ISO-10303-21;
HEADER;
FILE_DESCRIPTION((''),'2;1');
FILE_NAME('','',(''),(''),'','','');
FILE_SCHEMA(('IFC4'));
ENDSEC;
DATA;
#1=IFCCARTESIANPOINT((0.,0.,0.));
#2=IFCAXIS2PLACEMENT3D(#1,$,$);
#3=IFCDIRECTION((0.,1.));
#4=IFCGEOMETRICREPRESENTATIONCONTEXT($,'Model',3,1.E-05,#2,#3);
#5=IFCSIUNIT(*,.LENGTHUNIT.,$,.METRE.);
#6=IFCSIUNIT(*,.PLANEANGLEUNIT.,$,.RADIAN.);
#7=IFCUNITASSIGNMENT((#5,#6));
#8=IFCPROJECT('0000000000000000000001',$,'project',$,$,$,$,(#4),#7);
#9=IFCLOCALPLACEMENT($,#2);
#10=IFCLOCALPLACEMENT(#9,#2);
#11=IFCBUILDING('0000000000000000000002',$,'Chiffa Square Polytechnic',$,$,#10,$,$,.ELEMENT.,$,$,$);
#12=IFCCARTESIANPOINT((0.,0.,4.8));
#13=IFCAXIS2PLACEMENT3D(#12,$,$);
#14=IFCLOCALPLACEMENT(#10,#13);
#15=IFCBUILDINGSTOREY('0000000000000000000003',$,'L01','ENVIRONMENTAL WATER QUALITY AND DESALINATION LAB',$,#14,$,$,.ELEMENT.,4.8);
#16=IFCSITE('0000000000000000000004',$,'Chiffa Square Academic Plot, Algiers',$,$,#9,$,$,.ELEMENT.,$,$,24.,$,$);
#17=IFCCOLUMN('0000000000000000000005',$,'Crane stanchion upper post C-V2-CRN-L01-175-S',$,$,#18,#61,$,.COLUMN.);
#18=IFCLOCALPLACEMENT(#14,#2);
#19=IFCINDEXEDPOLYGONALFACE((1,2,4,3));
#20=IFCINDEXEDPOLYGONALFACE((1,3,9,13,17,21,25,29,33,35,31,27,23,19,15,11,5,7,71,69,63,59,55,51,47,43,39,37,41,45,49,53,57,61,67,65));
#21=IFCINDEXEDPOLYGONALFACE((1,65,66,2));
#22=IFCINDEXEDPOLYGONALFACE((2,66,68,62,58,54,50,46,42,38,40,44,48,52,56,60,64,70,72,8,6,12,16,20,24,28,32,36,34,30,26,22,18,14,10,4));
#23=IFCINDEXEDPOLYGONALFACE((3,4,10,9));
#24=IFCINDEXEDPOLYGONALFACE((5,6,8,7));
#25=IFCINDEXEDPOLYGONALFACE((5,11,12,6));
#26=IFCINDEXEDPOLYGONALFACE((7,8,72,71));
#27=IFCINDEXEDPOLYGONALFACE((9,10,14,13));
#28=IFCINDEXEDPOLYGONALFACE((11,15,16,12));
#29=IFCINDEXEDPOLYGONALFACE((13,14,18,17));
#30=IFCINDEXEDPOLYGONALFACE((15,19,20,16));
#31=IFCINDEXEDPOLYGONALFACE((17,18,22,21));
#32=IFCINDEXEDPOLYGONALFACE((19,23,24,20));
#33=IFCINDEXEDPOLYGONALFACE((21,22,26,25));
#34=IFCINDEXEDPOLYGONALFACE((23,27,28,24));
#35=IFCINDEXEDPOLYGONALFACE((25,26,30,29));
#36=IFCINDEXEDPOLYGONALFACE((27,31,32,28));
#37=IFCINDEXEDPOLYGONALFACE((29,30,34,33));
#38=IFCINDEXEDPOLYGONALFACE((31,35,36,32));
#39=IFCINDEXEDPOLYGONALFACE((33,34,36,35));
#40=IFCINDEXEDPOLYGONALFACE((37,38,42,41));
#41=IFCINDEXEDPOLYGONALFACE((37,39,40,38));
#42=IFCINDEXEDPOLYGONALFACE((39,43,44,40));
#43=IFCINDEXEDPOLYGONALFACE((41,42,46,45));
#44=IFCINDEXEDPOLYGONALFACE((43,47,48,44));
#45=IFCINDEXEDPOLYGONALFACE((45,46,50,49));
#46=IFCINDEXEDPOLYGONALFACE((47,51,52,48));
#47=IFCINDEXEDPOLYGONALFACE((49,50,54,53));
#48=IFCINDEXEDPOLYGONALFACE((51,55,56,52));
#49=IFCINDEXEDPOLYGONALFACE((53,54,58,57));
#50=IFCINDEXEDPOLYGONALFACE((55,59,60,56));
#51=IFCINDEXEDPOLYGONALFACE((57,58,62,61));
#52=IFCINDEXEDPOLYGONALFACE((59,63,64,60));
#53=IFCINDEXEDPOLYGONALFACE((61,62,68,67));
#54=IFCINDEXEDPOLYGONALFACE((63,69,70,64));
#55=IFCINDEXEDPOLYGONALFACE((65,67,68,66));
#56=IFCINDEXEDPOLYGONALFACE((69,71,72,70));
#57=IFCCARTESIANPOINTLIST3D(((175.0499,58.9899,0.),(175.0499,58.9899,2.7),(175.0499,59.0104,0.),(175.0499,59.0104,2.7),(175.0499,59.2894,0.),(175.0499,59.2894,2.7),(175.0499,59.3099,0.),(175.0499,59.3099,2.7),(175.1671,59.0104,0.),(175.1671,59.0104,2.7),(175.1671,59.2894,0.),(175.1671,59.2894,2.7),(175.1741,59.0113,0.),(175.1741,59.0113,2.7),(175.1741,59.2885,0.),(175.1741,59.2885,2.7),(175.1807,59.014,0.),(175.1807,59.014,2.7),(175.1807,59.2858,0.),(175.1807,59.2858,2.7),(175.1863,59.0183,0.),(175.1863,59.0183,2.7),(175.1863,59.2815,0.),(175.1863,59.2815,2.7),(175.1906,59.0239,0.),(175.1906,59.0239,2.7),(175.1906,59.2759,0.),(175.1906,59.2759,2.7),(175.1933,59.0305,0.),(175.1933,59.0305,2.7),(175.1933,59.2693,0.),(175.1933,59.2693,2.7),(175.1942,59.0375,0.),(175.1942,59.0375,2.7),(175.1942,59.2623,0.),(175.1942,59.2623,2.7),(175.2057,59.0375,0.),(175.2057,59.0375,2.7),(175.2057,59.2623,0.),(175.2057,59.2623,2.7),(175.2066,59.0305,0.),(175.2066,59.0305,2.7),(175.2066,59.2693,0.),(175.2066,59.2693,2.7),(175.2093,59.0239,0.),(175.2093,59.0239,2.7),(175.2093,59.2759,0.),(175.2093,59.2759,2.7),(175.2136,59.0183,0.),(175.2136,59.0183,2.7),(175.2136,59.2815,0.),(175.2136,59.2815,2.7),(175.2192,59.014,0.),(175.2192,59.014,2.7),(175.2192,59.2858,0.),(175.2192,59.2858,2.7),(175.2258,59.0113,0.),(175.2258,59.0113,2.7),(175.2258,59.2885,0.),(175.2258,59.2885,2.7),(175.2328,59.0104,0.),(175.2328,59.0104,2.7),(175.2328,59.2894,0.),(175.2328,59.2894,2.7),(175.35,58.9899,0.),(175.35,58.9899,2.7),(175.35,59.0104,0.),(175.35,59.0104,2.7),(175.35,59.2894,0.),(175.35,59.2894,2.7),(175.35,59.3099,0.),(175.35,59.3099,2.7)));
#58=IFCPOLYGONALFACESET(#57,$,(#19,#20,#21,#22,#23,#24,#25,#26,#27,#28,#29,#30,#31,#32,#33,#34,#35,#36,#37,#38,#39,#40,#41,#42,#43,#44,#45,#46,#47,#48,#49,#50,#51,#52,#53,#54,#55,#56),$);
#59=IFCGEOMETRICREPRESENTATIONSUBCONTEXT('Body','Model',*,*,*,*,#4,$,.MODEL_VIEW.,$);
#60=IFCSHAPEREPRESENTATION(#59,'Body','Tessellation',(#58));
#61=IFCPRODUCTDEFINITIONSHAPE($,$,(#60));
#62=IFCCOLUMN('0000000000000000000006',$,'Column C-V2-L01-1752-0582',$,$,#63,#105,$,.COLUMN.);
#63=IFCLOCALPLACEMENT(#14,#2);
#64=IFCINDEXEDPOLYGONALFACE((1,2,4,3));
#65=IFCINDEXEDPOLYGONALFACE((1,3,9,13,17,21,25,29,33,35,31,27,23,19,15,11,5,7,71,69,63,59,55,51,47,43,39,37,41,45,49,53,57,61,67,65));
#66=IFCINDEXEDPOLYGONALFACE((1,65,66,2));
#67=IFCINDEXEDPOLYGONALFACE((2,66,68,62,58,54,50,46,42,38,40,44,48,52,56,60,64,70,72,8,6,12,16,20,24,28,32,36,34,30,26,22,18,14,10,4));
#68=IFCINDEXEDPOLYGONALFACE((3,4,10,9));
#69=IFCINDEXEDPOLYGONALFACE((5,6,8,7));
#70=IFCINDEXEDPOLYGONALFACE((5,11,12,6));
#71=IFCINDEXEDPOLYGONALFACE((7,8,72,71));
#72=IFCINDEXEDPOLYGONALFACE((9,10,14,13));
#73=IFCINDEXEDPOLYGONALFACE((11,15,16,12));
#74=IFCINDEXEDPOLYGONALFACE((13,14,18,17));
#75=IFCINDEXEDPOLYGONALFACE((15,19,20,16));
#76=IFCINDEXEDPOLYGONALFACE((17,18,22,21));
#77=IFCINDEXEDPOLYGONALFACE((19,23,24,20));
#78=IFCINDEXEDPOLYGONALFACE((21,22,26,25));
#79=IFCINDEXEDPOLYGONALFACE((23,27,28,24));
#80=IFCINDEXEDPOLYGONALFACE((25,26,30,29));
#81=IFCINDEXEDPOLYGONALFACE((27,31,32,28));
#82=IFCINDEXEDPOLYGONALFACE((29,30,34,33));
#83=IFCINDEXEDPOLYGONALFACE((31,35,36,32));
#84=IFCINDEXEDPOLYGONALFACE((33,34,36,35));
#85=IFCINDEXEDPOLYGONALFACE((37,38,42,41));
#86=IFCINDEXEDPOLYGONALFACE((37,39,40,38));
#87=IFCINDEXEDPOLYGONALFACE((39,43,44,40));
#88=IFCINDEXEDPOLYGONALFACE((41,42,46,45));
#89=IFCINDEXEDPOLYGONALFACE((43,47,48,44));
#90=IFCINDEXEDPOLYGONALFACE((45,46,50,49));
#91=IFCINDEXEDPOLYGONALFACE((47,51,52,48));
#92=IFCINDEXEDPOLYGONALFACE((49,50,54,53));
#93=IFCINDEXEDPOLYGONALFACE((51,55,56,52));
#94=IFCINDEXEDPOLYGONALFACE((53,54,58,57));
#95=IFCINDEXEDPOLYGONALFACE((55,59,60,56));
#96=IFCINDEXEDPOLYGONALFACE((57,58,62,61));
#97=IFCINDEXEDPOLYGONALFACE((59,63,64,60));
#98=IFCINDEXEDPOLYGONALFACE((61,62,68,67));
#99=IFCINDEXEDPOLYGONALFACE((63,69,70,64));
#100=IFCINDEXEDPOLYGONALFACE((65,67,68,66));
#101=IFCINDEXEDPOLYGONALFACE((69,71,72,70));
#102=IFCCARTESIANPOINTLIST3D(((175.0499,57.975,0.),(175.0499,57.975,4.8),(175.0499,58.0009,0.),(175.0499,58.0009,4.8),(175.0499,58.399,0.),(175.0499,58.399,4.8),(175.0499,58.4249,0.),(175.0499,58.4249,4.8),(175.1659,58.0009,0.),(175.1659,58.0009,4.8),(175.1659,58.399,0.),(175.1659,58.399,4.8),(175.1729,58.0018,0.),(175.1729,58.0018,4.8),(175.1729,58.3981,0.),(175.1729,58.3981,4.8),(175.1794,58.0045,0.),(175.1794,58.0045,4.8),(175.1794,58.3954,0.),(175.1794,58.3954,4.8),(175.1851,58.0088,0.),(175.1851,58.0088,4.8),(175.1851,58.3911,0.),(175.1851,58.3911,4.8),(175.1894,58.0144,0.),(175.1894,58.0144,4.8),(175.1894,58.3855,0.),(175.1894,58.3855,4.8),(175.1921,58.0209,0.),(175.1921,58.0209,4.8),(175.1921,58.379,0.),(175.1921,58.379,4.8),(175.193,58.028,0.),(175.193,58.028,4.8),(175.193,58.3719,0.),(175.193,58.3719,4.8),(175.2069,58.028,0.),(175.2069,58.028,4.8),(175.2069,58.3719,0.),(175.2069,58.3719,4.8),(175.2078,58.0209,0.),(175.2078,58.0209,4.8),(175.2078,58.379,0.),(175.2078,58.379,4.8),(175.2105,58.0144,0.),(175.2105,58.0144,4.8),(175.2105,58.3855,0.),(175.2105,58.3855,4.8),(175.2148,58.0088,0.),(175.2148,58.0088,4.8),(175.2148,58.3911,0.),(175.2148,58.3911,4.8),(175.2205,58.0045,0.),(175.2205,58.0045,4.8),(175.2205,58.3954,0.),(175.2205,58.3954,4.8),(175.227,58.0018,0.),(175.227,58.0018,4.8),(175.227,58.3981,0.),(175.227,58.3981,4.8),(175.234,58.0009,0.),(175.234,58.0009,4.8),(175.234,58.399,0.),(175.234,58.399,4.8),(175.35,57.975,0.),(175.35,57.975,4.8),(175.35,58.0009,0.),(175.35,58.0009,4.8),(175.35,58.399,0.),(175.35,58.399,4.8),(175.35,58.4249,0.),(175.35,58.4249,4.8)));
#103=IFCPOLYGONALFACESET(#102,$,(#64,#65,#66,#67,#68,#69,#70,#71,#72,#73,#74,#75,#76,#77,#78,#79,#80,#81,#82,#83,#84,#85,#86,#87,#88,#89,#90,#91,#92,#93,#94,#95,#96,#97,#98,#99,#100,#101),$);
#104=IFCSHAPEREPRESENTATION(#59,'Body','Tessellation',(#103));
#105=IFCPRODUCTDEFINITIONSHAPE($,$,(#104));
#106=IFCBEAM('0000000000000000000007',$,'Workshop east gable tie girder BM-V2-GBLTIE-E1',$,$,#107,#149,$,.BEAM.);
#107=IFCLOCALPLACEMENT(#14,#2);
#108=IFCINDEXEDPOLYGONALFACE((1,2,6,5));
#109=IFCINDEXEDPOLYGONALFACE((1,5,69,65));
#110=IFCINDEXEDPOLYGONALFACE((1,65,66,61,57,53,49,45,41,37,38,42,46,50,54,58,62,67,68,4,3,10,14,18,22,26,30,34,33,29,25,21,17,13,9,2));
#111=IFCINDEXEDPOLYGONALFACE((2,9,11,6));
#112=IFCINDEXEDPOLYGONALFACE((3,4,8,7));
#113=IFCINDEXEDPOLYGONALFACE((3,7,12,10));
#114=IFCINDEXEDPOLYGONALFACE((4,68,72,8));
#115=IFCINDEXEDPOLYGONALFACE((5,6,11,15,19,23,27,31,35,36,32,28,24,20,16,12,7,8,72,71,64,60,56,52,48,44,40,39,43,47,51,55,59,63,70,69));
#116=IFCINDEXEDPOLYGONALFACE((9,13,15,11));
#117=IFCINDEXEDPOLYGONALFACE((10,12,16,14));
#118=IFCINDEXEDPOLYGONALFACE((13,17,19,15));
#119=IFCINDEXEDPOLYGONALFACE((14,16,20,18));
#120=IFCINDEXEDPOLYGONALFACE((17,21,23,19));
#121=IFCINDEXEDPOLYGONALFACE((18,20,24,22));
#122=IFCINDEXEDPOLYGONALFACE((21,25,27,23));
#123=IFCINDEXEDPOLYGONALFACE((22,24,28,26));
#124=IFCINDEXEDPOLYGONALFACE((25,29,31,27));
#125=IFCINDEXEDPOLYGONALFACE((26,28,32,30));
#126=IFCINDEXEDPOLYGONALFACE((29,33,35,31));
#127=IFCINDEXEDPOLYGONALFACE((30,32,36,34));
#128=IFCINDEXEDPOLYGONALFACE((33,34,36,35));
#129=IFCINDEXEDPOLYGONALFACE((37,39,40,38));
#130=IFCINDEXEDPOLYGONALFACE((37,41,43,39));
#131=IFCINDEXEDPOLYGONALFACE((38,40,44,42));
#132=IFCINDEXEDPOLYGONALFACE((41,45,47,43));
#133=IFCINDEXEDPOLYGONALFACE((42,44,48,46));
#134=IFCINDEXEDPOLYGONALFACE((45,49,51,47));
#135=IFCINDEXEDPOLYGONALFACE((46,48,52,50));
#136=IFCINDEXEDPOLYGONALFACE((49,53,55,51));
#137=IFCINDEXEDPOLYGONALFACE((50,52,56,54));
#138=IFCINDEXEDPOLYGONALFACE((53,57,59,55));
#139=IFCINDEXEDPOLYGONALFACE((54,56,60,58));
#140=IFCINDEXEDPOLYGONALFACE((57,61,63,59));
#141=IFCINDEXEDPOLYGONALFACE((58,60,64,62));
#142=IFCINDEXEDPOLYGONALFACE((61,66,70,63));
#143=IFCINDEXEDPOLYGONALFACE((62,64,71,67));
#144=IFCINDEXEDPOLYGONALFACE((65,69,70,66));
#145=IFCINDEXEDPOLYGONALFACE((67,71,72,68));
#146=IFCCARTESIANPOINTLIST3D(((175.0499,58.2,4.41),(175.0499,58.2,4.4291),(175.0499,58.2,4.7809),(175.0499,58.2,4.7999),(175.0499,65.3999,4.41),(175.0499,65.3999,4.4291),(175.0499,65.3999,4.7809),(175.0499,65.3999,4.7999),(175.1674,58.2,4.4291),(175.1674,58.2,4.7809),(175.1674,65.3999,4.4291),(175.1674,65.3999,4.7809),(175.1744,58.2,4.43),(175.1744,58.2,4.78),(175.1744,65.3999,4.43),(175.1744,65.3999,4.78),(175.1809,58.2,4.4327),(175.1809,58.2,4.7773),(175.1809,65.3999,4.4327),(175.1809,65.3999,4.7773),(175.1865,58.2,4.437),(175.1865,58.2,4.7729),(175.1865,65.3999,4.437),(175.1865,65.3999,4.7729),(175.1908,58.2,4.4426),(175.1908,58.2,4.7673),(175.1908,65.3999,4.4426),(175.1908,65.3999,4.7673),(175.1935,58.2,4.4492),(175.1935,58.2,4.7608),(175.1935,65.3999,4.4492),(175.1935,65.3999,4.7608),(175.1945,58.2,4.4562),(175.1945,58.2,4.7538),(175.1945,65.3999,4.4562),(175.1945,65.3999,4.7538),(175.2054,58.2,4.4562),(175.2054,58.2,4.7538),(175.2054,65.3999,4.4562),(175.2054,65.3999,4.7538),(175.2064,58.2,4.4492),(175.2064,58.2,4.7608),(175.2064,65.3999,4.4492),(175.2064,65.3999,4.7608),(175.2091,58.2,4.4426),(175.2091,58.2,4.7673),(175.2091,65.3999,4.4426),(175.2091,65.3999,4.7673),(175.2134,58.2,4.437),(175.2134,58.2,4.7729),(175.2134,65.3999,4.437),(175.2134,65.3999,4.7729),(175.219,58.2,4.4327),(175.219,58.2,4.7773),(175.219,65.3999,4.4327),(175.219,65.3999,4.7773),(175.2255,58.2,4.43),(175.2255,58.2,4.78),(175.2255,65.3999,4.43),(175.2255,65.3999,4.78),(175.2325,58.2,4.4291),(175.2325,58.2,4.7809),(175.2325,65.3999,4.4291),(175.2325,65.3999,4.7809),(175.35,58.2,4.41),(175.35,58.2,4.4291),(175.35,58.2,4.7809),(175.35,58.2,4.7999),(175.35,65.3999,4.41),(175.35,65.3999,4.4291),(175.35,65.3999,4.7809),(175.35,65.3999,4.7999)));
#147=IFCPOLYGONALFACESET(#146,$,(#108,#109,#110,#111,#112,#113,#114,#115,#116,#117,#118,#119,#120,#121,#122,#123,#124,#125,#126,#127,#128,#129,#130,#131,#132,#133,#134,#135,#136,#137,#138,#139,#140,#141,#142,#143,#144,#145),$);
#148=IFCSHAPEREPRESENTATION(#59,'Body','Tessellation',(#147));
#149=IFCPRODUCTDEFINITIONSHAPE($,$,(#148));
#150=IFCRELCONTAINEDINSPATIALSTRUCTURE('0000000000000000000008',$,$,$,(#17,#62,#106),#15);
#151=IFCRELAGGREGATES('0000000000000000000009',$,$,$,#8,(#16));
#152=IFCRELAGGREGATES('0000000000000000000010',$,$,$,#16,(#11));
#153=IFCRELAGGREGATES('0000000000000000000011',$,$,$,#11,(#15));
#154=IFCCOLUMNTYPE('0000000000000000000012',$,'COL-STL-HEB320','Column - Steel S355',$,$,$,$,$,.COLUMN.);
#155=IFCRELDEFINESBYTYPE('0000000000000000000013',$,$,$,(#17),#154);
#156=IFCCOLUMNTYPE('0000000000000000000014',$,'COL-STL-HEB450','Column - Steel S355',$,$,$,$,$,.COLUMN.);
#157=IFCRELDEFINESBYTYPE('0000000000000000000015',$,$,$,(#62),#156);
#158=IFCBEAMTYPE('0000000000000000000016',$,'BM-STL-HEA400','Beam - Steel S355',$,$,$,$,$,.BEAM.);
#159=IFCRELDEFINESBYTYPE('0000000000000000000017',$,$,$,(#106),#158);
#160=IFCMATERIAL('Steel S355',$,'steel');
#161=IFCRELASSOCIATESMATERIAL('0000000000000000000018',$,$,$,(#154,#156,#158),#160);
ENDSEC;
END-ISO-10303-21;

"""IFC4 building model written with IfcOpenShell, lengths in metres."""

from ifc_helpers import new_model, si_unit, direction, frame, origin, origin_2d, place, context, subcontext, project, spatial, i_section, extrude, material, material_profile, profile_set, type_object, element, save


model = new_model("IFC4")

# Units and contexts
model_context = context("Model", 3, precision=1e-05, world=origin(), true_north=direction((0.0, 1.0)))
body_context = subcontext(model_context, "Body", "Model", "MODEL_VIEW")
ifc_project = project(units=[si_unit("LENGTHUNIT", "METRE"), si_unit("PLANEANGLEUNIT", "RADIAN")], contexts=[model_context])

# Site, building, storey
site_placement = place(None, origin())
site = spatial("IfcSite", under=ifc_project, at=site_placement, Name="Chiffa Square Academic Plot, Algiers", CompositionType="ELEMENT", RefElevation=24.0)
building_placement = place(site_placement, origin())
building = spatial("IfcBuilding", under=site, at=building_placement, Name="Chiffa Square Polytechnic", CompositionType="ELEMENT")
storey_placement = place(building_placement, frame((0.0, 0.0, 4.8)))
storey = spatial("IfcBuildingStorey", under=building, at=storey_placement, Name="L01", Description="ENVIRONMENTAL WATER QUALITY AND DESALINATION LAB", CompositionType="ELEMENT", Elevation=4.8)

# Columns
ifc_material_1 = material(Name="Steel S355", Category="steel")
ifc_material_profile_1 = material_profile(ifc_material_1, i_section(OverallWidth=0.3, OverallDepth=0.3201, WebThickness=0.0115, FlangeThickness=0.0205, FilletRadius=0.0271, at=origin_2d()), Name="HEB 320")
ifc_profile_set_1 = profile_set([ifc_material_profile_1], Name="Steel S355")
column_type_1 = type_object("IfcColumnType", Name="COL-STL-HEB320", Description="Column - Steel S355", PredefinedType="COLUMN", material=ifc_profile_set_1)
column_1_placement = place(storey_placement, frame((175.2, 59.1499, 0.0), z_axis=(0.0, 0.0, 1.0), x_axis=(1.0, 0.0, 0.0)))
element("IfcColumn", 1, at=column_1_placement, inside=storey, type_object=column_type_1, Name="Crane stanchion upper post C-V2-CRN-L01-175-S", PredefinedType="COLUMN", context=body_context, shape_type="SweptSolid", body=[
    extrude(i_section(OverallWidth=0.3, OverallDepth=0.3201, WebThickness=0.0115, FlangeThickness=0.0205, FilletRadius=0.0271, at=origin_2d()), origin(), (0.0, 0.0, 1.0), 2.7),
])
ifc_material_profile_2 = material_profile(ifc_material_1, i_section(OverallWidth=0.3, OverallDepth=0.45, WebThickness=0.0139, FlangeThickness=0.0259, FilletRadius=0.0271, at=origin_2d()), Name="HEB 450")
ifc_profile_set_2 = profile_set([ifc_material_profile_2], Name="Steel S355")
column_type_2 = type_object("IfcColumnType", Name="COL-STL-HEB450", Description="Column - Steel S355", PredefinedType="COLUMN", material=ifc_profile_set_2)
column_2_placement = place(storey_placement, frame((175.2, 58.2, 0.0), z_axis=(0.0, 0.0, 1.0), x_axis=(1.0, 0.0, 0.0)))
element("IfcColumn", 2, at=column_2_placement, inside=storey, type_object=column_type_2, Name="Column C-V2-L01-1752-0582", PredefinedType="COLUMN", context=body_context, shape_type="SweptSolid", body=[
    extrude(i_section(OverallWidth=0.3, OverallDepth=0.45, WebThickness=0.0139, FlangeThickness=0.0259, FilletRadius=0.0271, at=origin_2d()), origin(), (0.0, 0.0, 1.0), 4.8),
])

# Beam
ifc_material_profile_3 = material_profile(ifc_material_1, i_section(OverallWidth=0.3, OverallDepth=0.3899, WebThickness=0.011, FlangeThickness=0.019, FilletRadius=0.0271, at=origin_2d()), Name="HEA 400")
ifc_profile_set_3 = profile_set([ifc_material_profile_3], Name="Steel S355")
beam_type = type_object("IfcBeamType", Name="BM-STL-HEA400", Description="Beam - Steel S355", PredefinedType="BEAM", material=ifc_profile_set_3)
beam_placement = place(storey_placement, frame((175.2, 58.2, 4.605), z_axis=(0.0, 1.0, 0.0), x_axis=(-1.0, 0.0, 0.0)))
element("IfcBeam", 3, at=beam_placement, inside=storey, type_object=beam_type, Name="Workshop east gable tie girder BM-V2-GBLTIE-E1", PredefinedType="BEAM", context=body_context, shape_type="SweptSolid", body=[
    extrude(i_section(OverallWidth=0.3, OverallDepth=0.3899, WebThickness=0.011, FlangeThickness=0.019, FilletRadius=0.0271, at=origin_2d()), origin(), (0.0, 0.0, 1.0), 7.2),
])

save(model, "model.ifc")
